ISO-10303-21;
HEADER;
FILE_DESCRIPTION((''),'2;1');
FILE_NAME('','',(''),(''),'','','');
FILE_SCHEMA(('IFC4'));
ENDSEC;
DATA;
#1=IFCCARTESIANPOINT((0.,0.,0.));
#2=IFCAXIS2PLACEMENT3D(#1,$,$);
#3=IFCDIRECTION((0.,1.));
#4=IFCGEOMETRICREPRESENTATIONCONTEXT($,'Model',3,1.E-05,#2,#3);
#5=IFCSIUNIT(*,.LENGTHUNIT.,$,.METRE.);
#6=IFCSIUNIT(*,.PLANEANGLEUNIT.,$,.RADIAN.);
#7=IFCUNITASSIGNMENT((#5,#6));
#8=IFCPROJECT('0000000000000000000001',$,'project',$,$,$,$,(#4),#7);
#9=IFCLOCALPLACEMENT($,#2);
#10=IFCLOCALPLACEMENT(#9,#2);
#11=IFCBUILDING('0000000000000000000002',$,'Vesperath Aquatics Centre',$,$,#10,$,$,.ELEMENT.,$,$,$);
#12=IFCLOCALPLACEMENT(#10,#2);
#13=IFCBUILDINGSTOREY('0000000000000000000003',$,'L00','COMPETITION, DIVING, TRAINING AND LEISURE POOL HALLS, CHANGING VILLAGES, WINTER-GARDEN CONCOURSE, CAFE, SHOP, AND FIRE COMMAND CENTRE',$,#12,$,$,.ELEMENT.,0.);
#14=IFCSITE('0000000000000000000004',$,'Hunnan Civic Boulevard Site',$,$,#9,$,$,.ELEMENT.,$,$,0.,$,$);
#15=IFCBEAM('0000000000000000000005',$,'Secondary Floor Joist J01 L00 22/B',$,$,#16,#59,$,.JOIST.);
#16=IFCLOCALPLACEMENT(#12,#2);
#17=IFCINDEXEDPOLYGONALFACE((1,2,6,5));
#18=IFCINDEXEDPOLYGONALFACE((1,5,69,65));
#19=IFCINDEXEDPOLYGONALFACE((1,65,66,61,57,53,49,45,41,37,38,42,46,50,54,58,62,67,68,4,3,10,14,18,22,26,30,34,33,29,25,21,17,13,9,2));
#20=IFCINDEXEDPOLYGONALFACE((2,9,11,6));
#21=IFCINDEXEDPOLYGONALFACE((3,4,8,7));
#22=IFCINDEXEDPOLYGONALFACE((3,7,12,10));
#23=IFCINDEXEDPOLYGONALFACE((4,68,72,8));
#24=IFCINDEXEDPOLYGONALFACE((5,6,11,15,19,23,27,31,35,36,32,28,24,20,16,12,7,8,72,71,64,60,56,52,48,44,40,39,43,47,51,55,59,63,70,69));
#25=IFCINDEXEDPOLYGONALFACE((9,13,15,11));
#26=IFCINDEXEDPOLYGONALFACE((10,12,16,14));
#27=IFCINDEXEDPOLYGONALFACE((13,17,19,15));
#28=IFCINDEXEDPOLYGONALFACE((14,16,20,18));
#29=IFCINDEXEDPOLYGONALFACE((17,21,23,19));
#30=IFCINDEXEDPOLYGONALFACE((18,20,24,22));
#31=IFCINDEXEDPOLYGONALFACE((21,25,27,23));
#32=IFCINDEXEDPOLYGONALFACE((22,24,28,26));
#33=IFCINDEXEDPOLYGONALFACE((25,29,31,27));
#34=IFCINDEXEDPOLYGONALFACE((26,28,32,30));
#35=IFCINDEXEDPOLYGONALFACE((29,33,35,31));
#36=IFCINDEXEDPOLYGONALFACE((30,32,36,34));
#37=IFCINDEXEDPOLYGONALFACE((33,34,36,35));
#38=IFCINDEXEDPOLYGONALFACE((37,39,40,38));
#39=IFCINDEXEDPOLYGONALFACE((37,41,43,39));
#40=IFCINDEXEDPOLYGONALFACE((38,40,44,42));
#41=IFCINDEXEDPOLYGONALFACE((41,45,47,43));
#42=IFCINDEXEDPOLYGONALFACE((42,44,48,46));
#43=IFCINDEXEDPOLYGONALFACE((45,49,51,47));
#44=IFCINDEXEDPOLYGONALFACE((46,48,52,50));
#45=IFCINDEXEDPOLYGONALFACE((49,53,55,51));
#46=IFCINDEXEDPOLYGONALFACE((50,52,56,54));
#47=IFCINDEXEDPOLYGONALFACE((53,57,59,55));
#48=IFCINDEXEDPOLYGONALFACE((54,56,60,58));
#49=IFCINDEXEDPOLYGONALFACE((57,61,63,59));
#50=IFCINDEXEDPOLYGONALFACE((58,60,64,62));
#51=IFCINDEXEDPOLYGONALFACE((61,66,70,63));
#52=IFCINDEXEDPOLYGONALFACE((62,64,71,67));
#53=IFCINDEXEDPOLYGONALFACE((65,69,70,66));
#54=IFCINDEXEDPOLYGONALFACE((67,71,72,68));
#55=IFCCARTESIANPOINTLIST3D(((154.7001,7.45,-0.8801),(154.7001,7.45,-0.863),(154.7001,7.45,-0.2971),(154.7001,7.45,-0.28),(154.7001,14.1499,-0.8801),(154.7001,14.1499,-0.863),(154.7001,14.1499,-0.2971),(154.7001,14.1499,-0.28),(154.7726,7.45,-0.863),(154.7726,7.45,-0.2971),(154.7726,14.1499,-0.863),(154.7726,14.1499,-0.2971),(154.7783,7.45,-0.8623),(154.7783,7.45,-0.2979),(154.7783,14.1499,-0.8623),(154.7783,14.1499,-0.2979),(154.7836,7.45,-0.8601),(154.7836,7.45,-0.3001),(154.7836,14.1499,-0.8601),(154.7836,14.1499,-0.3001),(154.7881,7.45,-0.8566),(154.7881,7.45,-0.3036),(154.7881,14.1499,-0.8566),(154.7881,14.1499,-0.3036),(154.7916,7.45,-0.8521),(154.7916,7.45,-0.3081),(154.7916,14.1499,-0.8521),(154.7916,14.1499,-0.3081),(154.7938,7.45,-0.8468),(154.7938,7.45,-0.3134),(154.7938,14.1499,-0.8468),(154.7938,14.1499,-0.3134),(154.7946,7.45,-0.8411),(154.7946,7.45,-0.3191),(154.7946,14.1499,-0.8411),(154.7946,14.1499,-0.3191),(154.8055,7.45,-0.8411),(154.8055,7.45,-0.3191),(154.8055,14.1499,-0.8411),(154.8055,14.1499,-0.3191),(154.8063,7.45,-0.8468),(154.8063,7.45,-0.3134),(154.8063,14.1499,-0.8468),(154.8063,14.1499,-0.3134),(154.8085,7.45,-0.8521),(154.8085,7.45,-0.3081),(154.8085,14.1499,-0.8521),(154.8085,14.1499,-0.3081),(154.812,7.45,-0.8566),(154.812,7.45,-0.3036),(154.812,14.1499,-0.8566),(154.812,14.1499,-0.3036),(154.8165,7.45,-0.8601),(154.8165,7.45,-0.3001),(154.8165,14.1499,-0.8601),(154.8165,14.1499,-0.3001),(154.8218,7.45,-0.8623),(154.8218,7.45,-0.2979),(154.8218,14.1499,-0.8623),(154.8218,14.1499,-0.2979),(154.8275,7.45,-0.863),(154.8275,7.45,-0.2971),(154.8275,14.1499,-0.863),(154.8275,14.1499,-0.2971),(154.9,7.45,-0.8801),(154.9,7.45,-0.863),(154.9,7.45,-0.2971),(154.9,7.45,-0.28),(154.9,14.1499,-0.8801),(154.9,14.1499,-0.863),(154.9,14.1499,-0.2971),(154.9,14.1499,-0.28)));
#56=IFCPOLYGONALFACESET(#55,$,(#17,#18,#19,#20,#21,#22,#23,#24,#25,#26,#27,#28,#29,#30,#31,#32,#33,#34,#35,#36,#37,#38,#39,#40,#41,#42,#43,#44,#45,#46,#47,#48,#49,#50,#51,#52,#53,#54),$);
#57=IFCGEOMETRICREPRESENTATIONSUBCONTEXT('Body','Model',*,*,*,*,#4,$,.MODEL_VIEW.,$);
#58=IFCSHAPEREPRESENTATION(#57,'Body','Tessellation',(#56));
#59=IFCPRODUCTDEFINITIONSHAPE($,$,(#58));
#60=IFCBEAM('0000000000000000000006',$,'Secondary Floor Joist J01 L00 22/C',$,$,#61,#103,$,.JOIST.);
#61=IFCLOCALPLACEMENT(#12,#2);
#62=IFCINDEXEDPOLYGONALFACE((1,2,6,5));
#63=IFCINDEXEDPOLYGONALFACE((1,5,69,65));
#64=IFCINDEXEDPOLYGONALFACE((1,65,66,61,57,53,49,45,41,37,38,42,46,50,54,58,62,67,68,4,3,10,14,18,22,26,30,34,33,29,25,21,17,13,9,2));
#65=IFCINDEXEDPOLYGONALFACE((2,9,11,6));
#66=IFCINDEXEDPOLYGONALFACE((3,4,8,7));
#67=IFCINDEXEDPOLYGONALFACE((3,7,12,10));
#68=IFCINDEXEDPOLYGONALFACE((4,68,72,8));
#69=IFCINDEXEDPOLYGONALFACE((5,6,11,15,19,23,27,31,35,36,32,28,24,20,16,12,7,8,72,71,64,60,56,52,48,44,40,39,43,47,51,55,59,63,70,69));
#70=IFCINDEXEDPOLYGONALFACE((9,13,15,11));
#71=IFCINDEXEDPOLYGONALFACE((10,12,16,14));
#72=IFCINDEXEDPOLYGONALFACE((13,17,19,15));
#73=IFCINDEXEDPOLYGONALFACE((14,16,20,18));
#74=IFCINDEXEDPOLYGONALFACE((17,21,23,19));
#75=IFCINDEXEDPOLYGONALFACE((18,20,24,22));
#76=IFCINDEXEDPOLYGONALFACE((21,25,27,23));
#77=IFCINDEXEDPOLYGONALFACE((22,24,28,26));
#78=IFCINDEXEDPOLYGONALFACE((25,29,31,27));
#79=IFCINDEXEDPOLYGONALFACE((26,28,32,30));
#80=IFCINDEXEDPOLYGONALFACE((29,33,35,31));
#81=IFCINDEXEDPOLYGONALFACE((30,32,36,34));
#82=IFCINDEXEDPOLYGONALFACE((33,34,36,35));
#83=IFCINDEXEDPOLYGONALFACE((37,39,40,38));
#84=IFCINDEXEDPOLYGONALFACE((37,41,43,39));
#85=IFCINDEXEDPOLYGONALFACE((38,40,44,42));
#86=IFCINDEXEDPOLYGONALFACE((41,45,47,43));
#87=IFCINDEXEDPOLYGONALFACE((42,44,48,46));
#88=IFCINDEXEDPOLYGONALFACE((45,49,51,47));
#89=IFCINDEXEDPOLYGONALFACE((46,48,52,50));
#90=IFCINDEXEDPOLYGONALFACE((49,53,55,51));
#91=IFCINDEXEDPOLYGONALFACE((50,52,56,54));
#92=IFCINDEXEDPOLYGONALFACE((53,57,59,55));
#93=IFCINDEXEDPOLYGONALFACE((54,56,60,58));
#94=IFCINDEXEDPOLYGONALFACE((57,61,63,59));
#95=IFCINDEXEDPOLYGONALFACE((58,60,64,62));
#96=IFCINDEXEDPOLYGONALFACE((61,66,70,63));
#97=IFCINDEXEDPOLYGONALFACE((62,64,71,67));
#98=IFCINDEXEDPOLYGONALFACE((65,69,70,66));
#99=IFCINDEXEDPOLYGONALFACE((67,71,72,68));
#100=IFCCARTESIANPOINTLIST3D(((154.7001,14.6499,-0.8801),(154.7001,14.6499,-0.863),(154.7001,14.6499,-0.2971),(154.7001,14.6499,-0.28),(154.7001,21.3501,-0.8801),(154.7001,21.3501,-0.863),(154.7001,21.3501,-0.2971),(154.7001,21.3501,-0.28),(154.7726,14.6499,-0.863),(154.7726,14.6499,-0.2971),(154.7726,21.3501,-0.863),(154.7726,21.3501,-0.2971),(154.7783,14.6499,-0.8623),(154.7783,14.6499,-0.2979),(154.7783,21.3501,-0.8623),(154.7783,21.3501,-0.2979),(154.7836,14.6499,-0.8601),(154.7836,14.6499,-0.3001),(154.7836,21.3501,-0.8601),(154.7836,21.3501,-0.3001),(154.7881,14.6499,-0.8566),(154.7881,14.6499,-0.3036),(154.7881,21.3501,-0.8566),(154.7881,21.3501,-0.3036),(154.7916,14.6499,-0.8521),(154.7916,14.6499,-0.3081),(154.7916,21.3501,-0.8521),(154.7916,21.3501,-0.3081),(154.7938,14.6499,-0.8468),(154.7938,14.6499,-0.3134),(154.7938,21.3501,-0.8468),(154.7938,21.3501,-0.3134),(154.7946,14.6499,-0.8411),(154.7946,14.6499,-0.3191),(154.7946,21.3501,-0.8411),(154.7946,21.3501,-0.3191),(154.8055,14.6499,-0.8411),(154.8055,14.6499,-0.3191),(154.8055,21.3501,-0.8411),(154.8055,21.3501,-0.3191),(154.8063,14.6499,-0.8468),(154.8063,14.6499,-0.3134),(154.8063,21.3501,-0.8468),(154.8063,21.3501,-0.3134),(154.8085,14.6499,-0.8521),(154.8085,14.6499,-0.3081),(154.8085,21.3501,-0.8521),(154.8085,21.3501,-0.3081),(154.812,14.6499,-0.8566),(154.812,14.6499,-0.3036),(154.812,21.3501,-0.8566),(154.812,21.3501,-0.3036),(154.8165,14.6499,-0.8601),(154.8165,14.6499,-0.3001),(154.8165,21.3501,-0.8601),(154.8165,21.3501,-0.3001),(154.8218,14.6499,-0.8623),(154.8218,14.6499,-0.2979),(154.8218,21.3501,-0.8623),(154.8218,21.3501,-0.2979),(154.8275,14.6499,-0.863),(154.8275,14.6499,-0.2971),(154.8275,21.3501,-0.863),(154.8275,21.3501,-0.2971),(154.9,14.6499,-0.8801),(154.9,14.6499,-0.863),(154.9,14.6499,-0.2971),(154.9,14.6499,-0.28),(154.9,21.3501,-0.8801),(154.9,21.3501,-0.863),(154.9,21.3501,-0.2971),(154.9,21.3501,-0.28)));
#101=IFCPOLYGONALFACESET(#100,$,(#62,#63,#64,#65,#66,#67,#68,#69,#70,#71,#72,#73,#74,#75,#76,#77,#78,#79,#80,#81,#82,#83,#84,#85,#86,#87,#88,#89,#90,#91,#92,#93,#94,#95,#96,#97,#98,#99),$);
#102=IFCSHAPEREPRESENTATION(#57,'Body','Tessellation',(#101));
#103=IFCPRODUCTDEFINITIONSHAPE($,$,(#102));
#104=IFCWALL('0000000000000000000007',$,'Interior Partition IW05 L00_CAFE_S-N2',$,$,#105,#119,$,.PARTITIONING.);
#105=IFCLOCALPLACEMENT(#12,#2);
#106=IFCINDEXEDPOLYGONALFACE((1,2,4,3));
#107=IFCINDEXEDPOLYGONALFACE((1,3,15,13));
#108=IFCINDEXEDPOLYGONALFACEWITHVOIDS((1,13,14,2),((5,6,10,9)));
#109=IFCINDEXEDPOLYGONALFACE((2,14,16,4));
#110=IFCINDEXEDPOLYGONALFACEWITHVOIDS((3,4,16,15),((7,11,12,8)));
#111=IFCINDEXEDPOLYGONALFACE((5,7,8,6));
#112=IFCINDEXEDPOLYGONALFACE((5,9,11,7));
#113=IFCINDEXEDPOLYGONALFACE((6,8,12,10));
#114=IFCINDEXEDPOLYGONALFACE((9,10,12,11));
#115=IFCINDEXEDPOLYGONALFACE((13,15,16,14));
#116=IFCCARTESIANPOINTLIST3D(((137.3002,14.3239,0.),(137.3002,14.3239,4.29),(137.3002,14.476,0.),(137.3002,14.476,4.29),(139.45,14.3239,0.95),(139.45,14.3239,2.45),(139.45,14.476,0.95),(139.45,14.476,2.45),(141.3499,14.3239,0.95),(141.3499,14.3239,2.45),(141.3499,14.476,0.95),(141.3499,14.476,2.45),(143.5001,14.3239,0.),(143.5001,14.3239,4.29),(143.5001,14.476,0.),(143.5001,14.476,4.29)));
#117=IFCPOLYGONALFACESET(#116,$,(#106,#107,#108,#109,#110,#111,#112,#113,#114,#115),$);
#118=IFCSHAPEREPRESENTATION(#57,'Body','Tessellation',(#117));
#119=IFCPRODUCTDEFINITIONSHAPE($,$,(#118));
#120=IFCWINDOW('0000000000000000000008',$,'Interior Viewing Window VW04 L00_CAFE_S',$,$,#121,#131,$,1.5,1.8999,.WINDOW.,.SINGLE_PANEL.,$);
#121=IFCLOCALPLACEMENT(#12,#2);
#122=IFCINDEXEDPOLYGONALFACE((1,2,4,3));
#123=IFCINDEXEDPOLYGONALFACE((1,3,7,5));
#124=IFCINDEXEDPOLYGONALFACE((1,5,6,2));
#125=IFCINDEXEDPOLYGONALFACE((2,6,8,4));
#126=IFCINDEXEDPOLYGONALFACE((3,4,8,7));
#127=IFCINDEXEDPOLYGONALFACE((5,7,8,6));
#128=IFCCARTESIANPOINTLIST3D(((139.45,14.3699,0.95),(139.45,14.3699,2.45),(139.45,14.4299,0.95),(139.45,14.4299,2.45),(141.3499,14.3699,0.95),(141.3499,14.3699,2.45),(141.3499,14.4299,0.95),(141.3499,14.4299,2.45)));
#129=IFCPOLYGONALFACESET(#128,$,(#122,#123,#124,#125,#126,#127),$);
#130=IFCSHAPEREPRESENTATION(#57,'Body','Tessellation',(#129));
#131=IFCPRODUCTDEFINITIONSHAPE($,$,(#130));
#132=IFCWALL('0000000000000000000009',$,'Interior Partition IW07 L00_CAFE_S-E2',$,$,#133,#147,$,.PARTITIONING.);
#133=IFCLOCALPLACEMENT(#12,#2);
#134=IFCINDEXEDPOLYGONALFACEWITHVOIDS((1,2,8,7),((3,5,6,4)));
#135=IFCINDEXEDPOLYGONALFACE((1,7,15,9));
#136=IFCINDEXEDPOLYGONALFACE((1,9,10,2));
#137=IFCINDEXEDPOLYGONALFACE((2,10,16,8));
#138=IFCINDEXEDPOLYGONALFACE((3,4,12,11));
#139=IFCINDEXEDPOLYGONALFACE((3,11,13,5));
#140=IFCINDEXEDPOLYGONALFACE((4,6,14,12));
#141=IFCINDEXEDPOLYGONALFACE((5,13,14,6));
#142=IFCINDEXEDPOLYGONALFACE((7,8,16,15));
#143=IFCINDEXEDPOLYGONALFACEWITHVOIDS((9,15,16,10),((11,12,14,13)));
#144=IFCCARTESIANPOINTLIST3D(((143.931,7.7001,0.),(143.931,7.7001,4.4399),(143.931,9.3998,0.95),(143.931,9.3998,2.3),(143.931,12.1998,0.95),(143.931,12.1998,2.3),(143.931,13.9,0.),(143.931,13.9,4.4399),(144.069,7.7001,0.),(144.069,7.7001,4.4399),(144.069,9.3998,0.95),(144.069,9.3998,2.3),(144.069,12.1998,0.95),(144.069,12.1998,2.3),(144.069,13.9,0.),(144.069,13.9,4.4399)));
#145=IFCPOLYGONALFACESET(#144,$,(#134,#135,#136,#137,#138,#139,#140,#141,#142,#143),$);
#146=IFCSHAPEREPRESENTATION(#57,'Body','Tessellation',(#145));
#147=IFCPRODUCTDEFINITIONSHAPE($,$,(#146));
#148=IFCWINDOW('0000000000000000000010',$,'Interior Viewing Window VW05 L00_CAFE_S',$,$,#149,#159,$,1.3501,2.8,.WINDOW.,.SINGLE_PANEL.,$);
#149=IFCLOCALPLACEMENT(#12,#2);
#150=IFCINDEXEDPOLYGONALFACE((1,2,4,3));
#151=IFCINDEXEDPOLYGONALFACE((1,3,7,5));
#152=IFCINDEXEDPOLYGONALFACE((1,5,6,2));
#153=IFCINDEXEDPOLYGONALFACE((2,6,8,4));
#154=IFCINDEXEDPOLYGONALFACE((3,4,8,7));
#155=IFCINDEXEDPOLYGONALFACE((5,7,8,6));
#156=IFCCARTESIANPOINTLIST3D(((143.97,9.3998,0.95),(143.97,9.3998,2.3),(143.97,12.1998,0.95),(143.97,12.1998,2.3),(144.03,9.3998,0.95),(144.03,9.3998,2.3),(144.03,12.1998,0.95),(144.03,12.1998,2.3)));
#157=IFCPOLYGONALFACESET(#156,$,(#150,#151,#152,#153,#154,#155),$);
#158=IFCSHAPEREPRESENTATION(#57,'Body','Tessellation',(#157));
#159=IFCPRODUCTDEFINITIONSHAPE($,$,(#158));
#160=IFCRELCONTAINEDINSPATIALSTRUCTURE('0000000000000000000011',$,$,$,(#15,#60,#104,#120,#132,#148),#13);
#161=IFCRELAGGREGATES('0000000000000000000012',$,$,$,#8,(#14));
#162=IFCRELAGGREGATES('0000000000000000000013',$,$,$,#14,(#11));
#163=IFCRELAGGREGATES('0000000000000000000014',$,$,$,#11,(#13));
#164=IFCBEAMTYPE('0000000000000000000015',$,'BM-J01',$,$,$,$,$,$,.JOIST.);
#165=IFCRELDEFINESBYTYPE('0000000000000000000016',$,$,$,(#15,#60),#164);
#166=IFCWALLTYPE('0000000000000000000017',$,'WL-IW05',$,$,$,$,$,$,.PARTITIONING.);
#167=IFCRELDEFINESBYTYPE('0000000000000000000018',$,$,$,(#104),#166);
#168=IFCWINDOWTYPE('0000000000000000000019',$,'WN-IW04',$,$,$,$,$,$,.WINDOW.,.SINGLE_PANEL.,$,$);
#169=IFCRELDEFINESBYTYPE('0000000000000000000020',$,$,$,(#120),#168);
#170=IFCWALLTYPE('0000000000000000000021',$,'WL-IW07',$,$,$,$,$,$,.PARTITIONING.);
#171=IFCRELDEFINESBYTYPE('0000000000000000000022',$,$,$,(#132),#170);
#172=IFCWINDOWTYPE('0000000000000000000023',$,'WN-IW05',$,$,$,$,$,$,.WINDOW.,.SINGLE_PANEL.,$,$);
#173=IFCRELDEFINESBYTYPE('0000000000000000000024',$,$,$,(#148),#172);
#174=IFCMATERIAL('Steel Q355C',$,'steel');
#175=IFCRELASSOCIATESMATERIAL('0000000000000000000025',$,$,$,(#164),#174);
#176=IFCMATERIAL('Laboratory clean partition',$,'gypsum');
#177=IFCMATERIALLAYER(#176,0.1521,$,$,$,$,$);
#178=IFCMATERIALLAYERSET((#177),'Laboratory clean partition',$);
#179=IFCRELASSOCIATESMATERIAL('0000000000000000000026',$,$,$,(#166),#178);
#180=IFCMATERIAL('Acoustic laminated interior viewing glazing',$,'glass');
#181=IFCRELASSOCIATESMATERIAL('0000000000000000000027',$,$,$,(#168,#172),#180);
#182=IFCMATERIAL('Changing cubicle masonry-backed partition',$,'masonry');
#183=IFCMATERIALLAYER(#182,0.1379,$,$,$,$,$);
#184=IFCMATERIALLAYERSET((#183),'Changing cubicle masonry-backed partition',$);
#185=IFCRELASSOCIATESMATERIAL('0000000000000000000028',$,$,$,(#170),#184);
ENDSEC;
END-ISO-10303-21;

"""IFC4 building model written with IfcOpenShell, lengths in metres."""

from ifc_helpers import new_model, si_unit, direction, frame, frame_2d, origin, origin_2d, place, context, subcontext, project, spatial, rectangle, i_section, extrude, material, layer, layer_set, material_profile, profile_set, type_object, element, fill, save


model = new_model("IFC4")

# Units and contexts
model_context = context("Model", 3, precision=1e-05, world=origin(), true_north=direction((0.0, 1.0)))
body_context = subcontext(model_context, "Body", "Model", "MODEL_VIEW")
ifc_project = project(units=[si_unit("LENGTHUNIT", "METRE"), si_unit("PLANEANGLEUNIT", "RADIAN")], contexts=[model_context])

# Site, building, storey
site_placement = place(None, origin())
site = spatial("IfcSite", under=ifc_project, at=site_placement, Name="Hunnan Civic Boulevard Site", CompositionType="ELEMENT", RefElevation=0.0)
building_placement = place(site_placement, origin())
building = spatial("IfcBuilding", under=site, at=building_placement, Name="Vesperath Aquatics Centre", CompositionType="ELEMENT")
storey_placement = place(building_placement, origin())
storey = spatial("IfcBuildingStorey", under=building, at=storey_placement, Name="L00", Description="COMPETITION, DIVING, TRAINING AND LEISURE POOL HALLS, CHANGING VILLAGES, WINTER-GARDEN CONCOURSE, CAFE, SHOP, AND FIRE COMMAND CENTRE", CompositionType="ELEMENT", Elevation=0.0)

# Beams
ifc_material_1 = material(Name="Steel Q355C", Category="steel")
ifc_material_profile_1 = material_profile(ifc_material_1, i_section(OverallWidth=0.2, OverallDepth=0.6001, WebThickness=0.011, FlangeThickness=0.0171, FilletRadius=0.022, at=origin_2d()), Name="HN 600x200x11x17")
ifc_profile_set_1 = profile_set([ifc_material_profile_1], Name="Steel Q355C")
beam_type_1 = type_object("IfcBeamType", Name="BM-J01", PredefinedType="JOIST", material=ifc_profile_set_1)
beam_1_placement = place(storey_placement, frame((154.8, 7.45, -0.5801), z_axis=(0.0, 1.0, 0.0), x_axis=(-1.0, 0.0, 0.0)))
element("IfcBeam", 1, at=beam_1_placement, inside=storey, type_object=beam_type_1, Name="Secondary Floor Joist J01 L00 22/B", PredefinedType="JOIST", context=body_context, shape_type="SweptSolid", body=[
    extrude(i_section(OverallWidth=0.2, OverallDepth=0.6001, WebThickness=0.011, FlangeThickness=0.0171, FilletRadius=0.022, at=origin_2d()), origin(), (0.0, 0.0, 1.0), 6.7),
])
beam_2_placement = place(storey_placement, frame((154.8, 14.6499, -0.5801), z_axis=(0.0, 1.0, 0.0), x_axis=(-1.0, 0.0, 0.0)))
element("IfcBeam", 2, at=beam_2_placement, inside=storey, type_object=beam_type_1, Name="Secondary Floor Joist J01 L00 22/C", PredefinedType="JOIST", context=body_context, shape_type="SweptSolid", body=[
    extrude(i_section(OverallWidth=0.2, OverallDepth=0.6001, WebThickness=0.011, FlangeThickness=0.0171, FilletRadius=0.022, at=origin_2d()), origin(), (0.0, 0.0, 1.0), 6.7002),
])

# Walls, openings, windows
ifc_material_2 = material(Name="Laboratory clean partition", Category="gypsum")
ifc_layer_1 = layer(ifc_material_2, 0.1521)
ifc_layer_set_1 = layer_set([ifc_layer_1], Name="Laboratory clean partition")
wall_type_1 = type_object("IfcWallType", Name="WL-IW05", PredefinedType="PARTITIONING", material=ifc_layer_set_1)
wall_1_placement = place(storey_placement, frame((137.3, 14.3999, 0.0), z_axis=(0.0, 0.0, 1.0), x_axis=(1.0, 0.0, 0.0)))
wall_1 = element("IfcWall", 3, at=wall_1_placement, inside=storey, type_object=wall_type_1, Name="Interior Partition IW05 L00_CAFE_S-N2", PredefinedType="PARTITIONING", context=body_context, shape_type="SweptSolid", body=[
    extrude(rectangle(XDim=6.2, YDim=0.1521, at=frame_2d((3.1001, 0.0))), origin(), (0.0, 0.0, 1.0), 4.29),
])
opening_1_placement = place(wall_1_placement, frame((2.1499, 0.0, 0.95)))
opening_1 = element("IfcOpeningElement", 4, at=opening_1_placement, cuts=wall_1, PredefinedType="OPENING", context=body_context, shape_type="SweptSolid", body=[
    extrude(rectangle(XDim=1.8999, YDim=1.5, at=frame_2d((0.95, 0.75))), frame((0.0, 0.0908, 0.0), z_axis=(0.0, -1.0, 0.0), x_axis=(1.0, 0.0, 0.0)), (0.0, 0.0, 1.0), 0.1819),
])
ifc_material_3 = material(Name="Acoustic laminated interior viewing glazing", Category="glass")
window_type_1 = type_object("IfcWindowType", Name="WN-IW04", PartitioningType="SINGLE_PANEL", PredefinedType="WINDOW", material=ifc_material_3)
window_1_placement = place(opening_1_placement, origin())
window_1 = element("IfcWindow", 5, at=window_1_placement, inside=storey, type_object=window_type_1, Name="Interior Viewing Window VW04 L00_CAFE_S", OverallHeight=1.5, OverallWidth=1.8999, PartitioningType="SINGLE_PANEL", PredefinedType="WINDOW", context=body_context, shape_type="SweptSolid", body=[
    extrude(rectangle(XDim=1.8999, YDim=1.5, at=frame_2d((0.95, 0.75))), frame((0.0, 0.03, 0.0), z_axis=(0.0, -1.0, 0.0), x_axis=(1.0, 0.0, 0.0)), (0.0, 0.0, 1.0), 0.0601),
])
fill(opening_1, window_1)
ifc_material_4 = material(Name="Changing cubicle masonry-backed partition", Category="masonry")
ifc_layer_2 = layer(ifc_material_4, 0.1379)
ifc_layer_set_2 = layer_set([ifc_layer_2], Name="Changing cubicle masonry-backed partition")
wall_type_2 = type_object("IfcWallType", Name="WL-IW07", PredefinedType="PARTITIONING", material=ifc_layer_set_2)
wall_2_placement = place(storey_placement, frame((144.0, 7.7, 0.0), z_axis=(0.0, 0.0, 1.0), x_axis=(0.0, 1.0, 0.0)))
wall_2 = element("IfcWall", 6, at=wall_2_placement, inside=storey, type_object=wall_type_2, Name="Interior Partition IW07 L00_CAFE_S-E2", PredefinedType="PARTITIONING", context=body_context, shape_type="SweptSolid", body=[
    extrude(rectangle(XDim=6.2, YDim=0.1379, at=frame_2d((3.1001, 0.0))), origin(), (0.0, 0.0, 1.0), 4.4399),
])
opening_2_placement = place(wall_2_placement, frame((1.7, 0.0, 0.95)))
opening_2 = element("IfcOpeningElement", 7, at=opening_2_placement, cuts=wall_2, PredefinedType="OPENING", context=body_context, shape_type="SweptSolid", body=[
    extrude(rectangle(XDim=2.8, YDim=1.3501, at=frame_2d((1.3999, 0.675))), frame((0.0, 0.084, 0.0), z_axis=(0.0, -1.0, 0.0), x_axis=(1.0, 0.0, 0.0)), (0.0, 0.0, 1.0), 0.1677),
])
window_type_2 = type_object("IfcWindowType", Name="WN-IW05", PartitioningType="SINGLE_PANEL", PredefinedType="WINDOW", material=ifc_material_3)
window_2_placement = place(opening_2_placement, origin())
window_2 = element("IfcWindow", 8, at=window_2_placement, inside=storey, type_object=window_type_2, Name="Interior Viewing Window VW05 L00_CAFE_S", OverallHeight=1.3501, OverallWidth=2.8, PartitioningType="SINGLE_PANEL", PredefinedType="WINDOW", context=body_context, shape_type="SweptSolid", body=[
    extrude(rectangle(XDim=2.8, YDim=1.3501, at=frame_2d((1.3999, 0.675))), frame((0.0, 0.03, 0.0), z_axis=(0.0, -1.0, 0.0), x_axis=(1.0, 0.0, 0.0)), (0.0, 0.0, 1.0), 0.0601),
])
fill(opening_2, window_2)

save(model, "model.ifc")
